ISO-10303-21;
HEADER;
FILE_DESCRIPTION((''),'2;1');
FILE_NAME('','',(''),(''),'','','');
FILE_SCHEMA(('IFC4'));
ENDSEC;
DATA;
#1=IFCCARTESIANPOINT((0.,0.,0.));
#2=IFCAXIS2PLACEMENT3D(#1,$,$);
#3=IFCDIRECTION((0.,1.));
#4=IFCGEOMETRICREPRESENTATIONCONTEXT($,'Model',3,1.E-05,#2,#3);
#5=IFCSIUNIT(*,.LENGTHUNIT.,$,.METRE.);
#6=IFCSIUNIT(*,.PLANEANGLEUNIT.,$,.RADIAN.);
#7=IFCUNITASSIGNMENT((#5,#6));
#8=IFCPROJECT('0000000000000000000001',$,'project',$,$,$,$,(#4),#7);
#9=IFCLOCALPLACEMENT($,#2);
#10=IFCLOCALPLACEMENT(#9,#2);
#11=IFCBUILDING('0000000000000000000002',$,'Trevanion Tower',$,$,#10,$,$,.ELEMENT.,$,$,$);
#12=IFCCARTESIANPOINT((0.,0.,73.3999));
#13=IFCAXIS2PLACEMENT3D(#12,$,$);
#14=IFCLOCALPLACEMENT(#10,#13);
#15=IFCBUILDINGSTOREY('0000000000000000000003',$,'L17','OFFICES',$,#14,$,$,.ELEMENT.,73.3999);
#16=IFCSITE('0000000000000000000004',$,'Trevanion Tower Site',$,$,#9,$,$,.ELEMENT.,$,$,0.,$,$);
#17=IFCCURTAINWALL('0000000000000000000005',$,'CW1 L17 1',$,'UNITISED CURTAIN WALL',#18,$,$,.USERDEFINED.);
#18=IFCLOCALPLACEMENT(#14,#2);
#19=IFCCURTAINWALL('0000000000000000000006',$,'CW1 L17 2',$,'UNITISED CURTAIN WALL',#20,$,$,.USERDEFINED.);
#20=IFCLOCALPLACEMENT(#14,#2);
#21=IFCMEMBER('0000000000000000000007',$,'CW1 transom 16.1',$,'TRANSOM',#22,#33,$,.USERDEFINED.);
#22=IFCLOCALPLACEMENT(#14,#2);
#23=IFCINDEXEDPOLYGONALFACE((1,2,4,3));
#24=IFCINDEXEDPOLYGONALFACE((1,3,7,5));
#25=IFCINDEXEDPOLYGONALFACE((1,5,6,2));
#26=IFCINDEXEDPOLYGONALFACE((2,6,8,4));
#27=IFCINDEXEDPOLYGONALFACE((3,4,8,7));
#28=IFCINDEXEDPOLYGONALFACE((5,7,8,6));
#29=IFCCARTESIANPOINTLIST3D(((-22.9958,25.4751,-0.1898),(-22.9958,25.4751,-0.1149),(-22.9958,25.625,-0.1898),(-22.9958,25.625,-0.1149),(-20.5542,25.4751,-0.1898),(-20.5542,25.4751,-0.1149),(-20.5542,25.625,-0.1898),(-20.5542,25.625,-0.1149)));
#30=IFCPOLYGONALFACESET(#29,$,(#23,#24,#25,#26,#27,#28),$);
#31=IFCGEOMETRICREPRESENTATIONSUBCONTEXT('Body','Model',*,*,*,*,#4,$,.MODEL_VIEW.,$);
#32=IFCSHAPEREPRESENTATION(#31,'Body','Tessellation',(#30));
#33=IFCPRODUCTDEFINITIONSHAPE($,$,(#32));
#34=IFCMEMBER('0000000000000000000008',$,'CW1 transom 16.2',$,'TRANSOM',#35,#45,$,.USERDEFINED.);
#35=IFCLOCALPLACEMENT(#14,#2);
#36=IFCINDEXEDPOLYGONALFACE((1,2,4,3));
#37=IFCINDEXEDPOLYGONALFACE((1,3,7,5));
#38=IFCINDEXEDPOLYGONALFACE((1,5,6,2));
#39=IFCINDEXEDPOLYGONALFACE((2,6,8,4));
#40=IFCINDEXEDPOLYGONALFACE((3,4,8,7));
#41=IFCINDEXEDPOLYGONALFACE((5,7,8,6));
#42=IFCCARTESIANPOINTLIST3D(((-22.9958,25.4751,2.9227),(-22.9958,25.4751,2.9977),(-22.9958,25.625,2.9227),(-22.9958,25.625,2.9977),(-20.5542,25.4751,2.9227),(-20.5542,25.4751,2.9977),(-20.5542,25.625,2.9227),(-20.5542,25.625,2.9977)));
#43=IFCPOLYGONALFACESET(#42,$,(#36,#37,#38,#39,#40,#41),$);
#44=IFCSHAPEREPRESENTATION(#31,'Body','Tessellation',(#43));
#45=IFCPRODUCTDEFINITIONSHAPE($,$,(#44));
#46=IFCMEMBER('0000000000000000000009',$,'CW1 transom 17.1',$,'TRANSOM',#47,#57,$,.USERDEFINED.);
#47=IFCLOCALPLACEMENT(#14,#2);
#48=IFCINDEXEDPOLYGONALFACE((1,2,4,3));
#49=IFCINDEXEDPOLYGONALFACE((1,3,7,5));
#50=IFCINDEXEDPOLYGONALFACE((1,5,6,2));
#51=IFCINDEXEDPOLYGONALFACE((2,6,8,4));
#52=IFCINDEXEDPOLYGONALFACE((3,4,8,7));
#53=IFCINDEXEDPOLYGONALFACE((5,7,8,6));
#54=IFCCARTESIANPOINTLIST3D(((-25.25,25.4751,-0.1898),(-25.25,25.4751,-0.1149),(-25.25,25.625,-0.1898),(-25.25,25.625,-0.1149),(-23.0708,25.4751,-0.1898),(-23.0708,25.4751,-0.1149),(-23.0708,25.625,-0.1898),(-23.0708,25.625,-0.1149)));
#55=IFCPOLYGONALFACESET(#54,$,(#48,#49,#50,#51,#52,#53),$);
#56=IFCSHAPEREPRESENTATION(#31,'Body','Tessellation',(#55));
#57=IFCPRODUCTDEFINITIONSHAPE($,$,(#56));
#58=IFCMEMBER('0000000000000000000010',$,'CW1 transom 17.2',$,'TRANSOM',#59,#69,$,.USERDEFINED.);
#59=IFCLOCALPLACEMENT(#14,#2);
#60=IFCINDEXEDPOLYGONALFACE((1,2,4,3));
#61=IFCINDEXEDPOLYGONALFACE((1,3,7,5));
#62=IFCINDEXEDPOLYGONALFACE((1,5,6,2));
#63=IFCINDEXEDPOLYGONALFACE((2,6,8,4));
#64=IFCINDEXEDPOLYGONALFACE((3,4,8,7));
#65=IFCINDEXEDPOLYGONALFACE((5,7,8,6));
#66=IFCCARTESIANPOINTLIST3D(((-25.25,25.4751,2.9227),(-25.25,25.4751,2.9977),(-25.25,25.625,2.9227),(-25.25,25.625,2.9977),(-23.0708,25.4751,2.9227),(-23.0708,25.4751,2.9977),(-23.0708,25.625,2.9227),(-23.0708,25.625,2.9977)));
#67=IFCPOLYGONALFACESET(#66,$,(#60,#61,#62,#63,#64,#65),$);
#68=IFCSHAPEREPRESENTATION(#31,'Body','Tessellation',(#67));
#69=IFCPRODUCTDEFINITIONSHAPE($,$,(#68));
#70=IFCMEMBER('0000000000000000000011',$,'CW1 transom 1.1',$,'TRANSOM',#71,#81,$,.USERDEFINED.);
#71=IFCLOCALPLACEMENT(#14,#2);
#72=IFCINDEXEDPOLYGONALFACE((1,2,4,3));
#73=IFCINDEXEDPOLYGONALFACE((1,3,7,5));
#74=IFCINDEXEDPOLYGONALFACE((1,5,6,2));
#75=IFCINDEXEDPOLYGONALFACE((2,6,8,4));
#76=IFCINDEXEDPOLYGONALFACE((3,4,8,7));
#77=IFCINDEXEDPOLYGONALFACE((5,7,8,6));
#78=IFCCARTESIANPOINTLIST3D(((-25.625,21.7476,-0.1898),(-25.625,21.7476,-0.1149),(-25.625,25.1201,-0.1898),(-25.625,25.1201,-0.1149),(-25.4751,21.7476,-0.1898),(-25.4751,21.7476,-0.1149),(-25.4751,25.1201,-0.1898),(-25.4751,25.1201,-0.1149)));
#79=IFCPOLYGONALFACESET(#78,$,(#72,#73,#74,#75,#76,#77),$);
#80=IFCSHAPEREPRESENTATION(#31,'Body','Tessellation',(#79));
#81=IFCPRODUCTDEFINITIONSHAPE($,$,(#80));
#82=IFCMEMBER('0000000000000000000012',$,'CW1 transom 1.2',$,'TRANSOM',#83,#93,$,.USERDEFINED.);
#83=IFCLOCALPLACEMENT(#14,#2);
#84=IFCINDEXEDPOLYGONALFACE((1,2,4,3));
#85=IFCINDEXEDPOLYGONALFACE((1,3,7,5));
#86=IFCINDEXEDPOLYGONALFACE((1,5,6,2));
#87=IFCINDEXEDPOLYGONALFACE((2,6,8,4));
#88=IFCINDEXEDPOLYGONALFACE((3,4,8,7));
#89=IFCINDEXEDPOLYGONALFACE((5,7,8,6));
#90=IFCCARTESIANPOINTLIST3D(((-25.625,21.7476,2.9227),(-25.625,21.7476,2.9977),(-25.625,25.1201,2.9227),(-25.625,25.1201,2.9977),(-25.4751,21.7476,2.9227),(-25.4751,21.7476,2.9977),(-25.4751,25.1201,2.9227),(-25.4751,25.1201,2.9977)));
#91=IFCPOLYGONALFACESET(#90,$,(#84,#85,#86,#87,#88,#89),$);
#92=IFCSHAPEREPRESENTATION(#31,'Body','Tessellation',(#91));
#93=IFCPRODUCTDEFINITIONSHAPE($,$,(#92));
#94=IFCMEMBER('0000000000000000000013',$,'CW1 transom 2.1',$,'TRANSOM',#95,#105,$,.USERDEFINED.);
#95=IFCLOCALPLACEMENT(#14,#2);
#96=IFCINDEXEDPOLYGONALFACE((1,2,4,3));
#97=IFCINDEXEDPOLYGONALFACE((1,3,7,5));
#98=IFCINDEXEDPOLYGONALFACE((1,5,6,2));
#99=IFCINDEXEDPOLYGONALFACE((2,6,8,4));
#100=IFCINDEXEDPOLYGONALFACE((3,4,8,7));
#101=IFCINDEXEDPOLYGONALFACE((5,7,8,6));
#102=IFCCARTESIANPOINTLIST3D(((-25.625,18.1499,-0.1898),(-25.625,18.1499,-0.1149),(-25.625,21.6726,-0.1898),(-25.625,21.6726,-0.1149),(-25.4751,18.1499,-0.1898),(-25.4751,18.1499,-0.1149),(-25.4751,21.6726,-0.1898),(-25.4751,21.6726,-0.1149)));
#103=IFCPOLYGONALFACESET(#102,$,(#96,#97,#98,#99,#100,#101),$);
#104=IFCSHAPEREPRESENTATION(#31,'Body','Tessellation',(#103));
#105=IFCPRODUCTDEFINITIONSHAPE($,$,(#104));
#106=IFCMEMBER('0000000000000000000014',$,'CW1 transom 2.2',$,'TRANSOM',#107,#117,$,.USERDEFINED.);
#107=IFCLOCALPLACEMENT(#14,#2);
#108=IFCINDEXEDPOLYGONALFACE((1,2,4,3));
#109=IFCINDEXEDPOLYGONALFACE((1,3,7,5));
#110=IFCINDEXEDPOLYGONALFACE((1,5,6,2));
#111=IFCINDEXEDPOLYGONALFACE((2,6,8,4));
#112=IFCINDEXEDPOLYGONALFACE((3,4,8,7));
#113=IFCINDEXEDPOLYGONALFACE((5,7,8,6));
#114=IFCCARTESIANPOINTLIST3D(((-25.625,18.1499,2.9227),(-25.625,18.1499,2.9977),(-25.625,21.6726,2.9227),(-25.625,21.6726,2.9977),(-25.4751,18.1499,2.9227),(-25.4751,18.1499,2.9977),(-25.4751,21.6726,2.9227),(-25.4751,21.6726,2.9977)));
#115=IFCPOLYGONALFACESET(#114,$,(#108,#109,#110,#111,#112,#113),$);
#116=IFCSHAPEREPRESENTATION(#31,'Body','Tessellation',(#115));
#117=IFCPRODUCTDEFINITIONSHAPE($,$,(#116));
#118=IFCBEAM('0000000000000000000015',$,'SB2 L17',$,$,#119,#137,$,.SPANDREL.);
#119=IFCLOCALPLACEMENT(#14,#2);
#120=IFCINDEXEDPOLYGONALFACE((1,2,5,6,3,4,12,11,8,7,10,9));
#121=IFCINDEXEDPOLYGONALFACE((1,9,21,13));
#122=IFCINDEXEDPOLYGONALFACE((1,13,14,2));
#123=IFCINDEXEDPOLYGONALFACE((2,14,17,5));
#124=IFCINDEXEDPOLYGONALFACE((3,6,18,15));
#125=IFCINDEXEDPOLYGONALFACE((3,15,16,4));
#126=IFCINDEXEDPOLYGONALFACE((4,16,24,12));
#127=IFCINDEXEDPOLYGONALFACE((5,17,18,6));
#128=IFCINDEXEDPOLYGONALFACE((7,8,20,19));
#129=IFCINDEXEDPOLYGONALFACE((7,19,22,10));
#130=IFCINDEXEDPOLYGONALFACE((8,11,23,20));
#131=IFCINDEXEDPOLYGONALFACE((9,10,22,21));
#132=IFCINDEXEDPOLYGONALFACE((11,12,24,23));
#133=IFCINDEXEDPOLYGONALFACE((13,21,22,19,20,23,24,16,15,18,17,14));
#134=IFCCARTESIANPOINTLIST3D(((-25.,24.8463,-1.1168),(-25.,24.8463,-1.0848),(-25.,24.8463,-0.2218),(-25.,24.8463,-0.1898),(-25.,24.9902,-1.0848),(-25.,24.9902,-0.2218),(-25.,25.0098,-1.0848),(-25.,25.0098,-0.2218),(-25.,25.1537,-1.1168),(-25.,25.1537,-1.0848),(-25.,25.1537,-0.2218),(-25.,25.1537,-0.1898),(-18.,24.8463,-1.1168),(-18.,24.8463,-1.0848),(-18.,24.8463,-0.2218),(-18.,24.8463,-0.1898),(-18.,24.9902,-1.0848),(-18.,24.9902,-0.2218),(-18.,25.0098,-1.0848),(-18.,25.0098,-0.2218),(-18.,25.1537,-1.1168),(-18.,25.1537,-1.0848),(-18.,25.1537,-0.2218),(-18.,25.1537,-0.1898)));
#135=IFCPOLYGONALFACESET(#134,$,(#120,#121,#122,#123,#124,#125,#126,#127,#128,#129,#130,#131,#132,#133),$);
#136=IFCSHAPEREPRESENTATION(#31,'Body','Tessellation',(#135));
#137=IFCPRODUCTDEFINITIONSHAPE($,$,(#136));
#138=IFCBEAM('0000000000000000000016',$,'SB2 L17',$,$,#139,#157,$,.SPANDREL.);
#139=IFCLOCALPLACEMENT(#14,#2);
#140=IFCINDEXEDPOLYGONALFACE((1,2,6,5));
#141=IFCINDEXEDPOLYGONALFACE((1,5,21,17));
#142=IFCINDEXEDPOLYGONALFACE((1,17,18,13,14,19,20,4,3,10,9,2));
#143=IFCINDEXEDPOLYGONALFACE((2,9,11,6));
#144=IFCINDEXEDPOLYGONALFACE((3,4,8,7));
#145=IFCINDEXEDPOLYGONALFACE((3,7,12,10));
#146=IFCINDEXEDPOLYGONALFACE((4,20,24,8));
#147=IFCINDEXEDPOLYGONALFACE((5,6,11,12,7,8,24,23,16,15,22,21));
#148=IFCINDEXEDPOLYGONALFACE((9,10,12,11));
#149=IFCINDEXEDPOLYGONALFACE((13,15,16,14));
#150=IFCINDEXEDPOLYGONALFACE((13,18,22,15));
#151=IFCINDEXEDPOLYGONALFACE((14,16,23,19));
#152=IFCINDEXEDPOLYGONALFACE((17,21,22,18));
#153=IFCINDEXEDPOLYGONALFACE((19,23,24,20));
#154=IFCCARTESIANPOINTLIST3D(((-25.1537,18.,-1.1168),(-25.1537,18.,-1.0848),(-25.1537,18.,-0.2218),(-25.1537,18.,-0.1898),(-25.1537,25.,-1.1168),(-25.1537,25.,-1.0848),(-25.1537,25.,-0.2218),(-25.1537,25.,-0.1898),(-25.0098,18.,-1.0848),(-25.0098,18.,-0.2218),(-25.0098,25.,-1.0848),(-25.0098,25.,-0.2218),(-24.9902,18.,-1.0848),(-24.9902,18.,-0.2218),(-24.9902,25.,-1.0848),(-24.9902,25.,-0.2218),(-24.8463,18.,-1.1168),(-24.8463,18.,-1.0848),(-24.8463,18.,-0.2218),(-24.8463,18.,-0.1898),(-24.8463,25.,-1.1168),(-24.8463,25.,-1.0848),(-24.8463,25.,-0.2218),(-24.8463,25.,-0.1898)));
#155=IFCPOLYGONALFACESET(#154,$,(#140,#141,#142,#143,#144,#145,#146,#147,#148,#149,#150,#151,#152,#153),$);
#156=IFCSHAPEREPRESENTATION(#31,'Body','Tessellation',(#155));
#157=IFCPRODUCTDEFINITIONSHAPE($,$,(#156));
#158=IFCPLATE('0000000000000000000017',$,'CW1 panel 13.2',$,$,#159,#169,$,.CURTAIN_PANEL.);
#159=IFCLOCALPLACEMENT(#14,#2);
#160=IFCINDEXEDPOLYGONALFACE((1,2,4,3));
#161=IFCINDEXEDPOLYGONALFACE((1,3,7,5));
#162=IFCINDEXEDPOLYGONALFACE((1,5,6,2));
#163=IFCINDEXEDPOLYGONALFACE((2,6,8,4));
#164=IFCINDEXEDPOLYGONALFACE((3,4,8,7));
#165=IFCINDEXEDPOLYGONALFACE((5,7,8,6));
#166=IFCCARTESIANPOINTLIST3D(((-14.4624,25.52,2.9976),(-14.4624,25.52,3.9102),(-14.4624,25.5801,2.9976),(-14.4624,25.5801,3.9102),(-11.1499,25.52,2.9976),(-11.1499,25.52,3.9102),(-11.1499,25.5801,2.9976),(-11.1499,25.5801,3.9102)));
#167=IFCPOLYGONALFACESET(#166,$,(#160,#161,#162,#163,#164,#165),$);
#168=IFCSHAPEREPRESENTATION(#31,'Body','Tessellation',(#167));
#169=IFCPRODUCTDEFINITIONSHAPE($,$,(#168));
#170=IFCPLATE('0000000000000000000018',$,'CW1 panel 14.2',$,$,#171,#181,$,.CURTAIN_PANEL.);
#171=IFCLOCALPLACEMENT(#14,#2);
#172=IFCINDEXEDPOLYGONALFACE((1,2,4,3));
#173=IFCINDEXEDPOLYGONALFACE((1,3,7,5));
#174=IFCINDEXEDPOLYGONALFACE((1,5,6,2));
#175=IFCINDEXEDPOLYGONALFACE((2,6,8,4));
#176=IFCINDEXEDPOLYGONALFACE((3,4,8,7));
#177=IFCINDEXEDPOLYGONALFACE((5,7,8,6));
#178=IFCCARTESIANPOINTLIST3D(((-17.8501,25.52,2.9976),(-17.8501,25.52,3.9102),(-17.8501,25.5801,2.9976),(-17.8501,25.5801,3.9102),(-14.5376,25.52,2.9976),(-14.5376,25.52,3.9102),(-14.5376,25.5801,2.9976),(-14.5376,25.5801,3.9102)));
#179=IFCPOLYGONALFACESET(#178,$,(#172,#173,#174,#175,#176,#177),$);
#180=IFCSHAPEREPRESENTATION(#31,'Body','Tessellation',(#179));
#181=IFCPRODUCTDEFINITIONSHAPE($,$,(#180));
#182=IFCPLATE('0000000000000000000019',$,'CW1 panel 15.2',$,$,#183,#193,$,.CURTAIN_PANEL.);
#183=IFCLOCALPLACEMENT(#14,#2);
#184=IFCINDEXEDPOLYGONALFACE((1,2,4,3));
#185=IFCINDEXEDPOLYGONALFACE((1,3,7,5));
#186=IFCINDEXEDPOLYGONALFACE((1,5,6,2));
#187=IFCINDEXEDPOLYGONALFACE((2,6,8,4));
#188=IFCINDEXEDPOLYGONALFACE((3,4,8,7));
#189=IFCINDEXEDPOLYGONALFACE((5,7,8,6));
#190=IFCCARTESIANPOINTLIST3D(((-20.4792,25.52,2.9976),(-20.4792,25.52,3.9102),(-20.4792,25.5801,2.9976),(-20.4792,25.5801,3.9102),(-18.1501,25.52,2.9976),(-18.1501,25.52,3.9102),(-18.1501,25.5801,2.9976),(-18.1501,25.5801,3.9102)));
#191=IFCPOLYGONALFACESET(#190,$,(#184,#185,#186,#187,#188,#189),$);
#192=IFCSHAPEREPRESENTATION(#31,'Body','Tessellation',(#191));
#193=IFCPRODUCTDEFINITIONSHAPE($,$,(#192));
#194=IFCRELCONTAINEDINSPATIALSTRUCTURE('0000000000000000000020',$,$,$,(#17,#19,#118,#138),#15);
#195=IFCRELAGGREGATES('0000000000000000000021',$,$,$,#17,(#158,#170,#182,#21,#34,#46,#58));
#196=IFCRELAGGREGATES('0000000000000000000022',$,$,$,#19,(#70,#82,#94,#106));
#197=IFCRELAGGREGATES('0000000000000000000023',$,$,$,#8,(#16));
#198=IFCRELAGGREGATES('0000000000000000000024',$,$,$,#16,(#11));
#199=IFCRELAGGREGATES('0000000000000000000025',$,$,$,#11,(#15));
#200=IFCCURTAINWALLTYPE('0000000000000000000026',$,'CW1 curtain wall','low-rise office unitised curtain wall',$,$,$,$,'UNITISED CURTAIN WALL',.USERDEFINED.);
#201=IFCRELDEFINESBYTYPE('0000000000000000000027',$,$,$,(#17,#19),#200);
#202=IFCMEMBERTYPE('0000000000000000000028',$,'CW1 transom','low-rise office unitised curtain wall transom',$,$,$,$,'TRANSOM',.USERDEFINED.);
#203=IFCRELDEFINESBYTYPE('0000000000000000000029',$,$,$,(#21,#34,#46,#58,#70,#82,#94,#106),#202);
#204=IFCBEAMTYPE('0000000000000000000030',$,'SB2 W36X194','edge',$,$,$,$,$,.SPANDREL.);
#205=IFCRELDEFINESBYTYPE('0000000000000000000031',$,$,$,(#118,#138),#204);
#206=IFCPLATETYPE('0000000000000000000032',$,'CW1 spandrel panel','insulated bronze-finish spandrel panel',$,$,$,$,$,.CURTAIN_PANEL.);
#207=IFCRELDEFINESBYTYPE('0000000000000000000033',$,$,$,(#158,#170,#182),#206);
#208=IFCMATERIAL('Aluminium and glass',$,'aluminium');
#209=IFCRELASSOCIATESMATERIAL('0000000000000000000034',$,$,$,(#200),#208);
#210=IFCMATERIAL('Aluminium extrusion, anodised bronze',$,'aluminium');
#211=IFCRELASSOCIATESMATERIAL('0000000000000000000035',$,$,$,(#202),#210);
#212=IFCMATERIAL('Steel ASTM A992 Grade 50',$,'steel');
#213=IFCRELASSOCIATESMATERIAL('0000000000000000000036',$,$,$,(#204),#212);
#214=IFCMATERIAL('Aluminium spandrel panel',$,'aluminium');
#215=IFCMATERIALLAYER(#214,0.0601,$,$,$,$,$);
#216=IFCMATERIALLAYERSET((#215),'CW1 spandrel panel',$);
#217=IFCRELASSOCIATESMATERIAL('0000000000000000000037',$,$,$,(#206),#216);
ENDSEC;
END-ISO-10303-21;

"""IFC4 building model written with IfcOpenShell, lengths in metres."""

from ifc_helpers import new_model, si_unit, direction, frame, origin, origin_2d, place, context, subcontext, project, spatial, rectangle, i_section, extrude, material, layer, layer_set, material_profile, profile_set, type_object, element, aggregate, save


model = new_model("IFC4")

# Units and contexts
model_context = context("Model", 3, precision=1e-05, world=origin(), true_north=direction((0.0, 1.0)))
body_context = subcontext(model_context, "Body", "Model", "MODEL_VIEW")
ifc_project = project(units=[si_unit("LENGTHUNIT", "METRE"), si_unit("PLANEANGLEUNIT", "RADIAN")], contexts=[model_context])

# Site, building, storey
site_placement = place(None, origin())
site = spatial("IfcSite", under=ifc_project, at=site_placement, Name="Trevanion Tower Site", CompositionType="ELEMENT", RefElevation=0.0)
building_placement = place(site_placement, origin())
building = spatial("IfcBuilding", under=site, at=building_placement, Name="Trevanion Tower", CompositionType="ELEMENT")
storey_placement = place(building_placement, frame((0.0, 0.0, 73.3999)))
storey = spatial("IfcBuildingStorey", under=building, at=storey_placement, Name="L17", Description="OFFICES", CompositionType="ELEMENT", Elevation=73.3999)

# Curtain wall
ifc_material_1 = material(Name="Aluminium and glass", Category="aluminium")
curtain_wall_type = type_object("IfcCurtainWallType", Name="CW1 curtain wall", Description="low-rise office unitised curtain wall", ElementType="UNITISED CURTAIN WALL", PredefinedType="USERDEFINED", material=ifc_material_1)
curtain_wall_1_placement = place(storey_placement, origin())
curtain_wall_1 = element("IfcCurtainWall", 1, at=curtain_wall_1_placement, inside=storey, type_object=curtain_wall_type, Name="CW1 L17 1", ObjectType="UNITISED CURTAIN WALL", PredefinedType="USERDEFINED")

# Curtain wall
curtain_wall_2_placement = place(storey_placement, origin())
curtain_wall_2 = element("IfcCurtainWall", 2, at=curtain_wall_2_placement, inside=storey, type_object=curtain_wall_type, Name="CW1 L17 2", ObjectType="UNITISED CURTAIN WALL", PredefinedType="USERDEFINED")

# Members
ifc_material_2 = material(Name="Aluminium extrusion, anodised bronze", Category="aluminium")
ifc_material_profile_1 = material_profile(ifc_material_2, rectangle(XDim=0.1499, YDim=0.075, at=origin_2d()), Name="CW1 transom")
ifc_profile_set_1 = profile_set([ifc_material_profile_1], Name="Aluminium extrusion, anodised bronze")
member_type_1 = type_object("IfcMemberType", Name="CW1 transom", Description="low-rise office unitised curtain wall transom", ElementType="TRANSOM", PredefinedType="USERDEFINED", material=ifc_profile_set_1)
member_1_placement = place(storey_placement, frame((-20.5542, 25.55, -0.1523), z_axis=(-1.0, 0.0, 0.0), x_axis=(0.0, -1.0, 0.0)))
member_1 = element("IfcMember", 3, at=member_1_placement, type_object=member_type_1, Name="CW1 transom 16.1", ObjectType="TRANSOM", PredefinedType="USERDEFINED", context=body_context, shape_type="SweptSolid", body=[
    extrude(rectangle(XDim=0.1499, YDim=0.075, at=origin_2d()), origin(), (0.0, 0.0, 1.0), 2.4417),
])
member_2_placement = place(storey_placement, frame((-20.5542, 25.55, 2.9602), z_axis=(-1.0, 0.0, 0.0), x_axis=(0.0, -1.0, 0.0)))
member_2 = element("IfcMember", 4, at=member_2_placement, type_object=member_type_1, Name="CW1 transom 16.2", ObjectType="TRANSOM", PredefinedType="USERDEFINED", context=body_context, shape_type="SweptSolid", body=[
    extrude(rectangle(XDim=0.1499, YDim=0.075, at=origin_2d()), origin(), (0.0, 0.0, 1.0), 2.4417),
])
member_3_placement = place(storey_placement, frame((-23.0708, 25.55, -0.1523), z_axis=(-1.0, 0.0, 0.0), x_axis=(0.0, -1.0, 0.0)))
member_3 = element("IfcMember", 5, at=member_3_placement, type_object=member_type_1, Name="CW1 transom 17.1", ObjectType="TRANSOM", PredefinedType="USERDEFINED", context=body_context, shape_type="SweptSolid", body=[
    extrude(rectangle(XDim=0.1499, YDim=0.075, at=origin_2d()), origin(), (0.0, 0.0, 1.0), 2.1792),
])
member_4_placement = place(storey_placement, frame((-23.0708, 25.55, 2.9602), z_axis=(-1.0, 0.0, 0.0), x_axis=(0.0, -1.0, 0.0)))
member_4 = element("IfcMember", 6, at=member_4_placement, type_object=member_type_1, Name="CW1 transom 17.2", ObjectType="TRANSOM", PredefinedType="USERDEFINED", context=body_context, shape_type="SweptSolid", body=[
    extrude(rectangle(XDim=0.1499, YDim=0.075, at=origin_2d()), origin(), (0.0, 0.0, 1.0), 2.1792),
])
member_5_placement = place(storey_placement, frame((-25.55, 25.1201, -0.1523), z_axis=(0.0, -1.0, 0.0), x_axis=(1.0, 0.0, 0.0)))
member_5 = element("IfcMember", 7, at=member_5_placement, type_object=member_type_1, Name="CW1 transom 1.1", ObjectType="TRANSOM", PredefinedType="USERDEFINED", context=body_context, shape_type="SweptSolid", body=[
    extrude(rectangle(XDim=0.1499, YDim=0.075, at=origin_2d()), origin(), (0.0, 0.0, 1.0), 3.3726),
])
member_6_placement = place(storey_placement, frame((-25.55, 25.1201, 2.9602), z_axis=(0.0, -1.0, 0.0), x_axis=(1.0, 0.0, 0.0)))
member_6 = element("IfcMember", 8, at=member_6_placement, type_object=member_type_1, Name="CW1 transom 1.2", ObjectType="TRANSOM", PredefinedType="USERDEFINED", context=body_context, shape_type="SweptSolid", body=[
    extrude(rectangle(XDim=0.1499, YDim=0.075, at=origin_2d()), origin(), (0.0, 0.0, 1.0), 3.3726),
])
member_7_placement = place(storey_placement, frame((-25.55, 21.6726, -0.1523), z_axis=(0.0, -1.0, 0.0), x_axis=(1.0, 0.0, 0.0)))
member_7 = element("IfcMember", 9, at=member_7_placement, type_object=member_type_1, Name="CW1 transom 2.1", ObjectType="TRANSOM", PredefinedType="USERDEFINED", context=body_context, shape_type="SweptSolid", body=[
    extrude(rectangle(XDim=0.1499, YDim=0.075, at=origin_2d()), origin(), (0.0, 0.0, 1.0), 3.5227),
])
member_8_placement = place(storey_placement, frame((-25.55, 21.6726, 2.9602), z_axis=(0.0, -1.0, 0.0), x_axis=(1.0, 0.0, 0.0)))
member_8 = element("IfcMember", 10, at=member_8_placement, type_object=member_type_1, Name="CW1 transom 2.2", ObjectType="TRANSOM", PredefinedType="USERDEFINED", context=body_context, shape_type="SweptSolid", body=[
    extrude(rectangle(XDim=0.1499, YDim=0.075, at=origin_2d()), origin(), (0.0, 0.0, 1.0), 3.5227),
])

# Beams
ifc_material_3 = material(Name="Steel ASTM A992 Grade 50", Category="steel")
ifc_material_profile_2 = material_profile(ifc_material_3, i_section(OverallWidth=0.3074, OverallDepth=0.927, WebThickness=0.0195, FlangeThickness=0.032, at=origin_2d()), Name="W36X194")
ifc_profile_set_2 = profile_set([ifc_material_profile_2], Name="Steel ASTM A992 Grade 50")
beam_type = type_object("IfcBeamType", Name="SB2 W36X194", Description="edge", PredefinedType="SPANDREL", material=ifc_profile_set_2)
for number, where, z_axis, x_axis, name in (
    (11, (-18.0, 25.0, -0.6533), (-1.0, 0.0, 0.0), (0.0, -1.0, 0.0), "SB2 L17"),
    (12, (-25.0, 25.0, -0.6533), (0.0, -1.0, 0.0), (1.0, 0.0, 0.0), "SB2 L17"),
):
    element("IfcBeam", number, at=place(storey_placement, frame(where, z_axis=z_axis, x_axis=x_axis)), inside=storey, type_object=beam_type, Name=name, PredefinedType="SPANDREL", context=body_context, shape_type="SweptSolid", body=[
        extrude(i_section(OverallWidth=0.3074, OverallDepth=0.927, WebThickness=0.0195, FlangeThickness=0.032, at=origin_2d()), origin(), (0.0, 0.0, 1.0), 7.0),
    ])

# Plates
ifc_material_4 = material(Name="Aluminium spandrel panel", Category="aluminium")
ifc_layer_1 = layer(ifc_material_4, 0.0601)
ifc_layer_set_1 = layer_set([ifc_layer_1], Name="CW1 spandrel panel")
plate_type_1 = type_object("IfcPlateType", Name="CW1 spandrel panel", Description="insulated bronze-finish spandrel panel", PredefinedType="CURTAIN_PANEL", material=ifc_layer_set_1)
plate_1_placement = place(storey_placement, frame((-12.8062, 25.55, 2.9976), z_axis=(0.0, 0.0, 1.0), x_axis=(-1.0, 0.0, 0.0)))
plate_1 = element("IfcPlate", 13, at=plate_1_placement, type_object=plate_type_1, Name="CW1 panel 13.2", PredefinedType="CURTAIN_PANEL", context=body_context, shape_type="SweptSolid", body=[
    extrude(rectangle(XDim=3.3125, YDim=0.0601, at=origin_2d()), origin(), (0.0, 0.0, 1.0), 0.9126),
])
plate_2_placement = place(storey_placement, frame((-16.1938, 25.55, 2.9976), z_axis=(0.0, 0.0, 1.0), x_axis=(-1.0, 0.0, 0.0)))
plate_2 = element("IfcPlate", 14, at=plate_2_placement, type_object=plate_type_1, Name="CW1 panel 14.2", PredefinedType="CURTAIN_PANEL", context=body_context, shape_type="SweptSolid", body=[
    extrude(rectangle(XDim=3.3125, YDim=0.0601, at=origin_2d()), origin(), (0.0, 0.0, 1.0), 0.9126),
])
plate_3_placement = place(storey_placement, frame((-19.3147, 25.55, 2.9976), z_axis=(0.0, 0.0, 1.0), x_axis=(-1.0, 0.0, 0.0)))
plate_3 = element("IfcPlate", 15, at=plate_3_placement, type_object=plate_type_1, Name="CW1 panel 15.2", PredefinedType="CURTAIN_PANEL", context=body_context, shape_type="SweptSolid", body=[
    extrude(rectangle(XDim=2.3291, YDim=0.0601, at=origin_2d()), origin(), (0.0, 0.0, 1.0), 0.9126),
])
aggregate(curtain_wall_1, [plate_1, plate_2, plate_3, member_1, member_2, member_3, member_4])
aggregate(curtain_wall_2, [member_5, member_6, member_7, member_8])

save(model, "model.ifc")
